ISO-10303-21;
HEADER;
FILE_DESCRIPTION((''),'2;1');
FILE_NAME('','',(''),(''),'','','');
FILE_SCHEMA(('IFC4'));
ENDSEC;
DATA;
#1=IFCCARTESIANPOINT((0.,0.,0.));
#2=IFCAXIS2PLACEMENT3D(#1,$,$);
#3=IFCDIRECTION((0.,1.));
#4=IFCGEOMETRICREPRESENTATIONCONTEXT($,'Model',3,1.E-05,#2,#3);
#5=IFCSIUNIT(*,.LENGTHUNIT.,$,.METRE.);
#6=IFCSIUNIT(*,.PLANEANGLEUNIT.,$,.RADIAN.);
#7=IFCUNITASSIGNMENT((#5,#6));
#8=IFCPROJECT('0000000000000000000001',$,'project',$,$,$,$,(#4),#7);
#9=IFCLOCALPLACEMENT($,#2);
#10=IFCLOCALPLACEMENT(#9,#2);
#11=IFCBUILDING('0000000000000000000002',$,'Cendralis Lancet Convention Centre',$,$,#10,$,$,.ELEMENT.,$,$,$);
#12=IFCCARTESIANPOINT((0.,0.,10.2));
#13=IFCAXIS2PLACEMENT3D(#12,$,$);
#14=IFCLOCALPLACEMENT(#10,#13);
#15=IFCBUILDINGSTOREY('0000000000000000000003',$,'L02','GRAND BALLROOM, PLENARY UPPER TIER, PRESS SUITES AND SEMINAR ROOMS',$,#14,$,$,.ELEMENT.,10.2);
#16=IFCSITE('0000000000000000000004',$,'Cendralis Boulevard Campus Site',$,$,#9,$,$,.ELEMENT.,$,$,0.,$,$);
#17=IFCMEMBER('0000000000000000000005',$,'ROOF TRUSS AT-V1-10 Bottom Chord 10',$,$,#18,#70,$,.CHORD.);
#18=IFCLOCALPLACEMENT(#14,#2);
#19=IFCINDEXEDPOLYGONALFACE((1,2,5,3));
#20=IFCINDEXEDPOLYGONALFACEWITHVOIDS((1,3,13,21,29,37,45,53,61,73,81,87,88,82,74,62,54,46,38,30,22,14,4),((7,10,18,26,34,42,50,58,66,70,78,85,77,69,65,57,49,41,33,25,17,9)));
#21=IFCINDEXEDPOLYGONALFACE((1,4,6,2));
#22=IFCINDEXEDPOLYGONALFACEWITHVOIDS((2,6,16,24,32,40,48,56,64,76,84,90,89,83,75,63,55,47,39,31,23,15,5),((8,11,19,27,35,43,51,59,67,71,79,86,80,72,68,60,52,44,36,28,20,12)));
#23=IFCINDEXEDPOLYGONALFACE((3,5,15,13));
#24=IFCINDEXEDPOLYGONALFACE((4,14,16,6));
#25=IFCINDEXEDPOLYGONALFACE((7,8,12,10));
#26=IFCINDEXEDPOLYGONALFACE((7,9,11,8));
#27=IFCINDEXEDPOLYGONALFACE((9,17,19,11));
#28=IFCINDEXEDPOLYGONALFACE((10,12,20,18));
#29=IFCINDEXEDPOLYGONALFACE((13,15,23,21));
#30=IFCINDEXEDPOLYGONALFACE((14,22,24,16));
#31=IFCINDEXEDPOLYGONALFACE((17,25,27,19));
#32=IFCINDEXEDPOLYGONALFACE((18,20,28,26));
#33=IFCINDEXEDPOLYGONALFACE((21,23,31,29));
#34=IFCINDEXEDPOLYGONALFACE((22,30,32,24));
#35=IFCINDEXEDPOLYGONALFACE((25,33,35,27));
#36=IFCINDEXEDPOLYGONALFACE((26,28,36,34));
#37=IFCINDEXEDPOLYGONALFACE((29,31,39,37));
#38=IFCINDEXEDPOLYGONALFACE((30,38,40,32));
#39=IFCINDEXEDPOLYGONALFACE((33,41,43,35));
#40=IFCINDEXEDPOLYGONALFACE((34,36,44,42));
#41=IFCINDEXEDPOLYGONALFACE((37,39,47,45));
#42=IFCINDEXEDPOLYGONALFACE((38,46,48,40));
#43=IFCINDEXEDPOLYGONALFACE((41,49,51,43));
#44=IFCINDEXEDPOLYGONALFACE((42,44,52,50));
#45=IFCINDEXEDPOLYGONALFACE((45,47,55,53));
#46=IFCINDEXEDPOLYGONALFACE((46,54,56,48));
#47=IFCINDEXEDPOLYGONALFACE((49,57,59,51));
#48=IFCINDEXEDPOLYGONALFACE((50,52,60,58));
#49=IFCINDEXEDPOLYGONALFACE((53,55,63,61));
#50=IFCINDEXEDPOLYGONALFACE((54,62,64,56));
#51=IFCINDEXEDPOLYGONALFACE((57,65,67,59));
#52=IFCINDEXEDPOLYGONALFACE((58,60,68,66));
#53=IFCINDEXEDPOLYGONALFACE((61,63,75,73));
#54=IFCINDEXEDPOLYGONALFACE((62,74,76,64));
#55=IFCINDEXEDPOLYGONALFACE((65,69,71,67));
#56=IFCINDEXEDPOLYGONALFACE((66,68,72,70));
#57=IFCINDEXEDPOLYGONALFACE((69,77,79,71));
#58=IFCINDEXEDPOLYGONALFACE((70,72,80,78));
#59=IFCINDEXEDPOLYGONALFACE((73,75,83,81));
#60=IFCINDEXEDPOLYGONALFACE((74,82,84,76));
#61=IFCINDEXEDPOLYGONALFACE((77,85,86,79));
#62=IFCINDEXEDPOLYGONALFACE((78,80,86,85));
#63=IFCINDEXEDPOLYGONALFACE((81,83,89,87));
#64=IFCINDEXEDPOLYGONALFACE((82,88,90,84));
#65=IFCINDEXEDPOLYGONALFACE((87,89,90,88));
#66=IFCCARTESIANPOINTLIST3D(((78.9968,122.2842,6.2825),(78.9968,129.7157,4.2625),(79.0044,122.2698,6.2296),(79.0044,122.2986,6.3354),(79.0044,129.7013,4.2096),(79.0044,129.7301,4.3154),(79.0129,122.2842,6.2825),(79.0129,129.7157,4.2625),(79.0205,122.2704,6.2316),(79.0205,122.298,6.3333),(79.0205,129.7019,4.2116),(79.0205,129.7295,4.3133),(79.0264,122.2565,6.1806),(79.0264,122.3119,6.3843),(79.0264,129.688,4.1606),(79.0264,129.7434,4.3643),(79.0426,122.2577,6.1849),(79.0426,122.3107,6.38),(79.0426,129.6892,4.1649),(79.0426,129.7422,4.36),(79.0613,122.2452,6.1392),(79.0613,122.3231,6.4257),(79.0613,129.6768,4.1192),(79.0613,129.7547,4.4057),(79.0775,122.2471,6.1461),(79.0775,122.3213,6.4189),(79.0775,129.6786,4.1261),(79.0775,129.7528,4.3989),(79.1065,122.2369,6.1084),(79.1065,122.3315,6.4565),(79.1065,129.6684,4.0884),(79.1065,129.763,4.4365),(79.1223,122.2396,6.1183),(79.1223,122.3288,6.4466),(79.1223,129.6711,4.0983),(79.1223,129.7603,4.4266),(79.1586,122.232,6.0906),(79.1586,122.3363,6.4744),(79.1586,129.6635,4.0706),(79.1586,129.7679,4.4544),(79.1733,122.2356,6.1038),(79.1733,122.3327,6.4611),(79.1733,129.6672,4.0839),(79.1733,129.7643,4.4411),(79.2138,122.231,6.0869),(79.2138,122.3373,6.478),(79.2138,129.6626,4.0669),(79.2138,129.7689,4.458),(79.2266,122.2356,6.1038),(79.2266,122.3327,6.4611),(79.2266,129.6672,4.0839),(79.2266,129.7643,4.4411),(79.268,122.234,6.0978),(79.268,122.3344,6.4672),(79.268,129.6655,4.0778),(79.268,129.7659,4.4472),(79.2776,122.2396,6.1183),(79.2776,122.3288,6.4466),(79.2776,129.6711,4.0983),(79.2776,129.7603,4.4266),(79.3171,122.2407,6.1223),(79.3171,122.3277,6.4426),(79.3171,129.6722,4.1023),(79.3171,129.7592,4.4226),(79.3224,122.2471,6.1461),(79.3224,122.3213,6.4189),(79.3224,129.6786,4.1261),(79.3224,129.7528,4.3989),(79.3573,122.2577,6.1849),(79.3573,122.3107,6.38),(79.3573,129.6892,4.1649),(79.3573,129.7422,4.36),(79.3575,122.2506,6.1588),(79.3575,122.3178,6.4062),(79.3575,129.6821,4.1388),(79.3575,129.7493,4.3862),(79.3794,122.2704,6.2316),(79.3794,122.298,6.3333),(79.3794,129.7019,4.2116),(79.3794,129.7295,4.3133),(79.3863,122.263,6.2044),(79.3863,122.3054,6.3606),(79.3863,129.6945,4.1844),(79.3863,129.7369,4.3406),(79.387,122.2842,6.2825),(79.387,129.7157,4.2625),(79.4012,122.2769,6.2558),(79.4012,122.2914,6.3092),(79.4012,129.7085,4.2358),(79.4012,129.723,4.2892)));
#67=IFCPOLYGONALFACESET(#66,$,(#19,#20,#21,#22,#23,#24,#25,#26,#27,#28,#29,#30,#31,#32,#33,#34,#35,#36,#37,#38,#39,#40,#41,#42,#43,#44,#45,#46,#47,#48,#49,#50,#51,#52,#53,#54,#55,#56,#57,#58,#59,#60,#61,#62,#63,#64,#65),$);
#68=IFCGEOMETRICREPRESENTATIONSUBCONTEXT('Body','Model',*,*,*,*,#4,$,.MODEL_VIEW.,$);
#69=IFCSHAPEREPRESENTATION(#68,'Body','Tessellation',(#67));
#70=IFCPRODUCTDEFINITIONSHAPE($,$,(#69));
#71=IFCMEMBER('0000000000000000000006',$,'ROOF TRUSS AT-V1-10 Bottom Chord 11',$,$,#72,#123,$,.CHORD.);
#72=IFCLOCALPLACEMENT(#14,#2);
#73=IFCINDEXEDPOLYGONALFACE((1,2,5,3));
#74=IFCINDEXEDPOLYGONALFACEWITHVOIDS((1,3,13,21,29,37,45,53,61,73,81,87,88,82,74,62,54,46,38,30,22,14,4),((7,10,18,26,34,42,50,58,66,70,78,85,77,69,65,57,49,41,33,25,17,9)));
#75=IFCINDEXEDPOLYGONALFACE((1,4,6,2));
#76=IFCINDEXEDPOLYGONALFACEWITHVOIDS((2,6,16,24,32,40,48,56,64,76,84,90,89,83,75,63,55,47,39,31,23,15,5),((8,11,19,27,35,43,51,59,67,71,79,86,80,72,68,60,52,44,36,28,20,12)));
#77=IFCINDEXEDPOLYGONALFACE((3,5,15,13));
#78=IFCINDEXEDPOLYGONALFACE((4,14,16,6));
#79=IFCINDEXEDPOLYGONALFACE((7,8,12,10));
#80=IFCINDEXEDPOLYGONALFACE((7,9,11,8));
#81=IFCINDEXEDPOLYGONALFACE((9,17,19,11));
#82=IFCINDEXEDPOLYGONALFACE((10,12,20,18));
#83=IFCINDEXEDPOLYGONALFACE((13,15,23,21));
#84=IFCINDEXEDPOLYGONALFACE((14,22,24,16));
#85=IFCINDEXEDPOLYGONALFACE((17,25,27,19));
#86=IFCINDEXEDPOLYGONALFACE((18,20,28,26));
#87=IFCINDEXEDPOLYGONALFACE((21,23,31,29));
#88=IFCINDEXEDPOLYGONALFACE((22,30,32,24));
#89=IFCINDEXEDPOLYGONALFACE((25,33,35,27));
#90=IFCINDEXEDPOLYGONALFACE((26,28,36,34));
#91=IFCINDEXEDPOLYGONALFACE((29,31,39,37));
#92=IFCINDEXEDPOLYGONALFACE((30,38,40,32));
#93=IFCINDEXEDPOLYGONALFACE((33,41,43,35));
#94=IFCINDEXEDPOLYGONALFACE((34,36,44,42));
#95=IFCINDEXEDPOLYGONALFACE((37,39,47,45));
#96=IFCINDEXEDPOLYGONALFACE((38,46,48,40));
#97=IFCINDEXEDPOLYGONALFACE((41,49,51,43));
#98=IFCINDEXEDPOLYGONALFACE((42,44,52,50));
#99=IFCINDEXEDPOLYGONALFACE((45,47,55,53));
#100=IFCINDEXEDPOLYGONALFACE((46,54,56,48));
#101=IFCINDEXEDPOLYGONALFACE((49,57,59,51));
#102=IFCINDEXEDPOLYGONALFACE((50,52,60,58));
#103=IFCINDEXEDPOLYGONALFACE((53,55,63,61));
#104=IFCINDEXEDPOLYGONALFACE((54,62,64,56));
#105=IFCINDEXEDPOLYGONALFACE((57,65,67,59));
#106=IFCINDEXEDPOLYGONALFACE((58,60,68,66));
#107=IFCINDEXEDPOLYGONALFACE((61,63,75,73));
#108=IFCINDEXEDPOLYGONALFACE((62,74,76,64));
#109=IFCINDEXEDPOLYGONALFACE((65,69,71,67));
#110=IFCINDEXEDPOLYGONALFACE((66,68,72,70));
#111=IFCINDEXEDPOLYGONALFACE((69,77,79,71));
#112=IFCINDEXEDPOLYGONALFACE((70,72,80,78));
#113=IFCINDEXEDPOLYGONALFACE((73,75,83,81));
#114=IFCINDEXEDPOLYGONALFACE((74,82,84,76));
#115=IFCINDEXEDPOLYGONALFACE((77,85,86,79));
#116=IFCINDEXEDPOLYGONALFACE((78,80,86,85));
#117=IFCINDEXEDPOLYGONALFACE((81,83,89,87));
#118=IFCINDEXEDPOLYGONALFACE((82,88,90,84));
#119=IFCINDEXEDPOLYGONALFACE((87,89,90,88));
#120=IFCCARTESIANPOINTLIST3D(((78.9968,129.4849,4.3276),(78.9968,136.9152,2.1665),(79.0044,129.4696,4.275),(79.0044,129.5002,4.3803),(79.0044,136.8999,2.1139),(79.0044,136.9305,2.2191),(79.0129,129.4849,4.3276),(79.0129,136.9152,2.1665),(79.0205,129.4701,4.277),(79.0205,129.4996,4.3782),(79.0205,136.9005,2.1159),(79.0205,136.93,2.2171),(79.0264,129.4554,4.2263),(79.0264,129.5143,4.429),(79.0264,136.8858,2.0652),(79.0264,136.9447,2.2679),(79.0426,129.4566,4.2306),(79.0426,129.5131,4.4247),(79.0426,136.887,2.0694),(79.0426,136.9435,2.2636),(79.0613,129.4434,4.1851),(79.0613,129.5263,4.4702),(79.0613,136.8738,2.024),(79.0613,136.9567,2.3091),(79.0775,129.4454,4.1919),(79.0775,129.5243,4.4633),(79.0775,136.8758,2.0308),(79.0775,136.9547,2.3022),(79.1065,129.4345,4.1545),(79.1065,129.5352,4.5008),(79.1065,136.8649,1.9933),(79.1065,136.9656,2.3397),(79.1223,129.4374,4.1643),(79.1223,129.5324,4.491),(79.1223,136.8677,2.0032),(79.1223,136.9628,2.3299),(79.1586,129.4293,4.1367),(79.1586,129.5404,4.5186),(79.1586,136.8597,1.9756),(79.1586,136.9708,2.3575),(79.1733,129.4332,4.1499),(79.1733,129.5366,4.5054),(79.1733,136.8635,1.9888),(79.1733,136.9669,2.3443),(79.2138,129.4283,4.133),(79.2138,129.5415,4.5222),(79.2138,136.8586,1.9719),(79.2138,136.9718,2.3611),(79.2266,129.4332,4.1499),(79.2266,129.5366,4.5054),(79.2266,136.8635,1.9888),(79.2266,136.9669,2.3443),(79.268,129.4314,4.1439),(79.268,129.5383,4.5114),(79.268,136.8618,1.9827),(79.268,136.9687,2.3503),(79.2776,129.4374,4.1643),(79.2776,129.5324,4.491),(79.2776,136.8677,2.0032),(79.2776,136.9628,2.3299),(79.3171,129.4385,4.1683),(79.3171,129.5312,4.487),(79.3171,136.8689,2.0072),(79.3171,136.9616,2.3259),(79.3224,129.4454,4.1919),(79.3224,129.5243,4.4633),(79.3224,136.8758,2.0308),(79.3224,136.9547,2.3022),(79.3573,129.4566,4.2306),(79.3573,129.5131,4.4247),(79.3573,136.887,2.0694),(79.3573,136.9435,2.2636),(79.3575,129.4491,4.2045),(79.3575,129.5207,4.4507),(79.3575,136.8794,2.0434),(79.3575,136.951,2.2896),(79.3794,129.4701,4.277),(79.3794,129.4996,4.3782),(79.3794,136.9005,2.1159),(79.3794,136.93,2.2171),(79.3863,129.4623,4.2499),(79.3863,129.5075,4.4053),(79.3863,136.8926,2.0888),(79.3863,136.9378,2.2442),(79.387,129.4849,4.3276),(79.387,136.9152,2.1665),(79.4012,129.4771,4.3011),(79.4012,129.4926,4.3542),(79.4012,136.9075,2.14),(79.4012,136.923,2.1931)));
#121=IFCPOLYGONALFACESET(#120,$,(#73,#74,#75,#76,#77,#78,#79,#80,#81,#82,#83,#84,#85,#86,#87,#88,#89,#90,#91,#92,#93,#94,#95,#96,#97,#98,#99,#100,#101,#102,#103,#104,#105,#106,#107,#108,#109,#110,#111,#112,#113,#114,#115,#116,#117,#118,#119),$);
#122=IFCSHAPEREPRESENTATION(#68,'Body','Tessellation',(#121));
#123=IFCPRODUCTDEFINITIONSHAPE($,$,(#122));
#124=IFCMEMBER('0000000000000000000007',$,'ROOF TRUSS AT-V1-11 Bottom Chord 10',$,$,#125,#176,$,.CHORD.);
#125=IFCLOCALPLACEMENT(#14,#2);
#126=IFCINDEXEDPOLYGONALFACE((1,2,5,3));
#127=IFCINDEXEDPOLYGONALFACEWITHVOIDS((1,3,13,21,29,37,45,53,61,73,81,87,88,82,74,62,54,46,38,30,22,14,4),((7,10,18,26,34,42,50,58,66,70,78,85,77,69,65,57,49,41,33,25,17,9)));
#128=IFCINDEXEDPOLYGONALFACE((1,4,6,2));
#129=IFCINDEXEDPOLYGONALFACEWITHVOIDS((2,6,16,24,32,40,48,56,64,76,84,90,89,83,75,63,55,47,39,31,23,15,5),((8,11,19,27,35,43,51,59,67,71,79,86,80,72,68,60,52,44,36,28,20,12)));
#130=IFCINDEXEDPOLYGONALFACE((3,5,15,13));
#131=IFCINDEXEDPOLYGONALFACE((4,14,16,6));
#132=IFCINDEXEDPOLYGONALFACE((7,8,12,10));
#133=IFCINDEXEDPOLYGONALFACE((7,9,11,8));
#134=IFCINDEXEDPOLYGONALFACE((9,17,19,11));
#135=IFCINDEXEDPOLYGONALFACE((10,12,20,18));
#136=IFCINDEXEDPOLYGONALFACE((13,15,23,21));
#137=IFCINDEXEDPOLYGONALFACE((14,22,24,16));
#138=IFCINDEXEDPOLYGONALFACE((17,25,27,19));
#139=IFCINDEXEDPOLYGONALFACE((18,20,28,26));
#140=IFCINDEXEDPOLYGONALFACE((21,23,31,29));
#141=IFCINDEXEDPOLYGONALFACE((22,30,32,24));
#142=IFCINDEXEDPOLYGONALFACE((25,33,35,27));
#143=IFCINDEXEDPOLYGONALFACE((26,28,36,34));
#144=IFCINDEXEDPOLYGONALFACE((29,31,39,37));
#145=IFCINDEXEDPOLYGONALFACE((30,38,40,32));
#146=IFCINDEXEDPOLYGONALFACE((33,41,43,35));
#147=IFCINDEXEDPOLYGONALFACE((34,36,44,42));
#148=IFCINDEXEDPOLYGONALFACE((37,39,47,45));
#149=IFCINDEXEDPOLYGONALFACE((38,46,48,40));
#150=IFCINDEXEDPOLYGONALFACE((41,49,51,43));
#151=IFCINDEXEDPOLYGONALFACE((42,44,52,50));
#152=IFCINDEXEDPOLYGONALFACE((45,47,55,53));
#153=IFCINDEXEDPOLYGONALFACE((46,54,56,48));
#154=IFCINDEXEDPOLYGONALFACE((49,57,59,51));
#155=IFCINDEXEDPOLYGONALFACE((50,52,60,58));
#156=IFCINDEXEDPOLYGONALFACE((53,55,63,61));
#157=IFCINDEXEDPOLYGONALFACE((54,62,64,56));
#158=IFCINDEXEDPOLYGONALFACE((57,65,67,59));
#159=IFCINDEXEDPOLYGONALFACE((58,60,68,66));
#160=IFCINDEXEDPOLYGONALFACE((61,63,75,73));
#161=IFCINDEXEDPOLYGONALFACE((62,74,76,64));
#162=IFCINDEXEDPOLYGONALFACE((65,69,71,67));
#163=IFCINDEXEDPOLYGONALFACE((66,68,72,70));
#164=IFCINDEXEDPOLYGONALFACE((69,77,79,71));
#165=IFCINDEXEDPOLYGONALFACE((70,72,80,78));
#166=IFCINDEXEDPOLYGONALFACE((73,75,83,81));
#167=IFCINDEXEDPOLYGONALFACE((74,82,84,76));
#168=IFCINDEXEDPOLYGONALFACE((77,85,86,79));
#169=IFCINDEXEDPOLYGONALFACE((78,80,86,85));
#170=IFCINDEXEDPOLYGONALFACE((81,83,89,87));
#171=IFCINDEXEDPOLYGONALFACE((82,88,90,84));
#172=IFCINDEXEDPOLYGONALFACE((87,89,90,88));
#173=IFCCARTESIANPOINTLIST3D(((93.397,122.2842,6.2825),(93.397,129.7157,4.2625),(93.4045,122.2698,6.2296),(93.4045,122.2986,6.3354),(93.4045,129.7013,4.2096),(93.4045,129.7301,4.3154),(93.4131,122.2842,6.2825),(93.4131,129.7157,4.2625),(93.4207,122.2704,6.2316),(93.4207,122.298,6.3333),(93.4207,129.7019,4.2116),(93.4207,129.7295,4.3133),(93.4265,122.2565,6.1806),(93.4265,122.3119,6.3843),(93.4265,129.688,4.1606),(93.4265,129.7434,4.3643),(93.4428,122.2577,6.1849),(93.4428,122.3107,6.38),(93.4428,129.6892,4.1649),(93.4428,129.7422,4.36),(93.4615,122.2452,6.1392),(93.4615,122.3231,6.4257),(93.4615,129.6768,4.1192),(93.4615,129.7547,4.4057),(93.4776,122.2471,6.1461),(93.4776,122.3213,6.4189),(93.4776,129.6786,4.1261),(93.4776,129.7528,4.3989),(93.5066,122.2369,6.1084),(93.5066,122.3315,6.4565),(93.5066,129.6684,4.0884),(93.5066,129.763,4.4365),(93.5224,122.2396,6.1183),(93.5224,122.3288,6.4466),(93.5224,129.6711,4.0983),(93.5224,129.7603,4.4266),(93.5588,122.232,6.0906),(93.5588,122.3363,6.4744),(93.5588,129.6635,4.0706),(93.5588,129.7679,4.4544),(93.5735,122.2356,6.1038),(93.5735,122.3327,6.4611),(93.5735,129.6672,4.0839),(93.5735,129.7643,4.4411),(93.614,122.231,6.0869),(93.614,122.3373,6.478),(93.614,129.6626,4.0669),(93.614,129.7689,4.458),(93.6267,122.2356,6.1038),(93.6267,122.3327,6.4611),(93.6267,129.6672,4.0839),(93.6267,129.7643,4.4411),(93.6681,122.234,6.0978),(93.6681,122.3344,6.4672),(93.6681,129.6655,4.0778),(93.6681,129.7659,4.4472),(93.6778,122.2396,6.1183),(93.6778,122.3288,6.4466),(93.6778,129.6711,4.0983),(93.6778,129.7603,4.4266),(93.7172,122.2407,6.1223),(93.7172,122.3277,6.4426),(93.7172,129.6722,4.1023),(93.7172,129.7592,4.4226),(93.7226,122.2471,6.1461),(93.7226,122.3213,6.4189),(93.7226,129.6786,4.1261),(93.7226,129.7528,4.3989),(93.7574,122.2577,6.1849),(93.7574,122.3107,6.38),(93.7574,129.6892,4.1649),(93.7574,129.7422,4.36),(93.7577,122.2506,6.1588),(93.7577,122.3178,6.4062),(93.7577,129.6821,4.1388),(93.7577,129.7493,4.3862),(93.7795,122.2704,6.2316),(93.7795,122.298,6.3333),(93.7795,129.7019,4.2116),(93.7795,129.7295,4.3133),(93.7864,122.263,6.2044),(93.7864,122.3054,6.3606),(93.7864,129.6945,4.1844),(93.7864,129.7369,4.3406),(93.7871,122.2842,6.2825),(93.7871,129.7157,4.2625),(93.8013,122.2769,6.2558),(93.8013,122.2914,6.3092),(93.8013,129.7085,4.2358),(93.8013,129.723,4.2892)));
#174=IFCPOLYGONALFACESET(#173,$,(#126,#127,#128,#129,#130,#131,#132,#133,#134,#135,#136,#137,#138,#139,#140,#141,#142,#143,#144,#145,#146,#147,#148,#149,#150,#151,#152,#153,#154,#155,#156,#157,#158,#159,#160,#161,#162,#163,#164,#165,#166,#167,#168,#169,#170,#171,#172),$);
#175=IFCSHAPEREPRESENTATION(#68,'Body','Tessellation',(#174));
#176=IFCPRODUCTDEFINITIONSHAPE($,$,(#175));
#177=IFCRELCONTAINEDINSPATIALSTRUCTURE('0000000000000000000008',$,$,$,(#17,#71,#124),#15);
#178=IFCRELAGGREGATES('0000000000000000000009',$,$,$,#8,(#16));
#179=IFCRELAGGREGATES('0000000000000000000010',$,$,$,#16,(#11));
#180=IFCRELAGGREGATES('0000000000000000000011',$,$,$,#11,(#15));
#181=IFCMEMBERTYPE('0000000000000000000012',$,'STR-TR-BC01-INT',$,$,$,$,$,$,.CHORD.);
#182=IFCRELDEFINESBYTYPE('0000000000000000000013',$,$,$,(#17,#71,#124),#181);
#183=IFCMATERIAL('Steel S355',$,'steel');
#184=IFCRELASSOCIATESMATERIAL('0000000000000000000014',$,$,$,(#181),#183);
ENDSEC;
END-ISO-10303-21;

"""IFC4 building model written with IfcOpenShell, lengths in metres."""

from ifc_helpers import new_model, si_unit, direction, frame, origin, origin_2d, place, context, subcontext, project, spatial, hollow_circle, extrude, material, material_profile, profile_set, type_object, element, save


model = new_model("IFC4")

# Units and contexts
model_context = context("Model", 3, precision=1e-05, world=origin(), true_north=direction((0.0, 1.0)))
body_context = subcontext(model_context, "Body", "Model", "MODEL_VIEW")
ifc_project = project(units=[si_unit("LENGTHUNIT", "METRE"), si_unit("PLANEANGLEUNIT", "RADIAN")], contexts=[model_context])

# Site, building, storey
site_placement = place(None, origin())
site = spatial("IfcSite", under=ifc_project, at=site_placement, Name="Cendralis Boulevard Campus Site", CompositionType="ELEMENT", RefElevation=0.0)
building_placement = place(site_placement, origin())
building = spatial("IfcBuilding", under=site, at=building_placement, Name="Cendralis Lancet Convention Centre", CompositionType="ELEMENT")
storey_placement = place(building_placement, frame((0.0, 0.0, 10.2)))
storey = spatial("IfcBuildingStorey", under=building, at=storey_placement, Name="L02", Description="GRAND BALLROOM, PLENARY UPPER TIER, PRESS SUITES AND SEMINAR ROOMS", CompositionType="ELEMENT", Elevation=10.2)

# Members
ifc_material_1 = material(Name="Steel S355", Category="steel")
ifc_material_profile_1 = material_profile(ifc_material_1, hollow_circle(Radius=0.2031, WallThickness=0.0161, at=origin_2d()), Name="CHS 406.4x16.0")
ifc_profile_set_1 = profile_set([ifc_material_profile_1], Name="Steel S355")
member_type_1 = type_object("IfcMemberType", Name="STR-TR-BC01-INT", PredefinedType="CHORD", material=ifc_profile_set_1)
member_1_placement = place(storey_placement, frame((79.2, 122.2842, 6.2825), z_axis=(0.0, 0.964987, -0.262296), x_axis=(-1.0, 0.0, 0.0)))
element("IfcMember", 1, at=member_1_placement, inside=storey, type_object=member_type_1, Name="ROOF TRUSS AT-V1-10 Bottom Chord 10", PredefinedType="CHORD", context=body_context, shape_type="SweptSolid", body=[
    extrude(hollow_circle(Radius=0.2031, WallThickness=0.0161, at=origin_2d()), origin(), (0.0, 0.0, 1.0), 7.7012),
])
member_2_placement = place(storey_placement, frame((79.2, 129.4849, 4.3276), z_axis=(0.0, 0.960211, -0.279277), x_axis=(-1.0, 0.0, 0.0)))
element("IfcMember", 2, at=member_2_placement, inside=storey, type_object=member_type_1, Name="ROOF TRUSS AT-V1-10 Bottom Chord 11", PredefinedType="CHORD", context=body_context, shape_type="SweptSolid", body=[
    extrude(hollow_circle(Radius=0.2031, WallThickness=0.0161, at=origin_2d()), origin(), (0.0, 0.0, 1.0), 7.7383),
])
member_3_placement = place(storey_placement, frame((93.6001, 122.2842, 6.2825), z_axis=(0.0, 0.964987, -0.262296), x_axis=(-1.0, 0.0, 0.0)))
element("IfcMember", 3, at=member_3_placement, inside=storey, type_object=member_type_1, Name="ROOF TRUSS AT-V1-11 Bottom Chord 10", PredefinedType="CHORD", context=body_context, shape_type="SweptSolid", body=[
    extrude(hollow_circle(Radius=0.2031, WallThickness=0.0161, at=origin_2d()), origin(), (0.0, 0.0, 1.0), 7.7012),
])

save(model, "model.ifc")
